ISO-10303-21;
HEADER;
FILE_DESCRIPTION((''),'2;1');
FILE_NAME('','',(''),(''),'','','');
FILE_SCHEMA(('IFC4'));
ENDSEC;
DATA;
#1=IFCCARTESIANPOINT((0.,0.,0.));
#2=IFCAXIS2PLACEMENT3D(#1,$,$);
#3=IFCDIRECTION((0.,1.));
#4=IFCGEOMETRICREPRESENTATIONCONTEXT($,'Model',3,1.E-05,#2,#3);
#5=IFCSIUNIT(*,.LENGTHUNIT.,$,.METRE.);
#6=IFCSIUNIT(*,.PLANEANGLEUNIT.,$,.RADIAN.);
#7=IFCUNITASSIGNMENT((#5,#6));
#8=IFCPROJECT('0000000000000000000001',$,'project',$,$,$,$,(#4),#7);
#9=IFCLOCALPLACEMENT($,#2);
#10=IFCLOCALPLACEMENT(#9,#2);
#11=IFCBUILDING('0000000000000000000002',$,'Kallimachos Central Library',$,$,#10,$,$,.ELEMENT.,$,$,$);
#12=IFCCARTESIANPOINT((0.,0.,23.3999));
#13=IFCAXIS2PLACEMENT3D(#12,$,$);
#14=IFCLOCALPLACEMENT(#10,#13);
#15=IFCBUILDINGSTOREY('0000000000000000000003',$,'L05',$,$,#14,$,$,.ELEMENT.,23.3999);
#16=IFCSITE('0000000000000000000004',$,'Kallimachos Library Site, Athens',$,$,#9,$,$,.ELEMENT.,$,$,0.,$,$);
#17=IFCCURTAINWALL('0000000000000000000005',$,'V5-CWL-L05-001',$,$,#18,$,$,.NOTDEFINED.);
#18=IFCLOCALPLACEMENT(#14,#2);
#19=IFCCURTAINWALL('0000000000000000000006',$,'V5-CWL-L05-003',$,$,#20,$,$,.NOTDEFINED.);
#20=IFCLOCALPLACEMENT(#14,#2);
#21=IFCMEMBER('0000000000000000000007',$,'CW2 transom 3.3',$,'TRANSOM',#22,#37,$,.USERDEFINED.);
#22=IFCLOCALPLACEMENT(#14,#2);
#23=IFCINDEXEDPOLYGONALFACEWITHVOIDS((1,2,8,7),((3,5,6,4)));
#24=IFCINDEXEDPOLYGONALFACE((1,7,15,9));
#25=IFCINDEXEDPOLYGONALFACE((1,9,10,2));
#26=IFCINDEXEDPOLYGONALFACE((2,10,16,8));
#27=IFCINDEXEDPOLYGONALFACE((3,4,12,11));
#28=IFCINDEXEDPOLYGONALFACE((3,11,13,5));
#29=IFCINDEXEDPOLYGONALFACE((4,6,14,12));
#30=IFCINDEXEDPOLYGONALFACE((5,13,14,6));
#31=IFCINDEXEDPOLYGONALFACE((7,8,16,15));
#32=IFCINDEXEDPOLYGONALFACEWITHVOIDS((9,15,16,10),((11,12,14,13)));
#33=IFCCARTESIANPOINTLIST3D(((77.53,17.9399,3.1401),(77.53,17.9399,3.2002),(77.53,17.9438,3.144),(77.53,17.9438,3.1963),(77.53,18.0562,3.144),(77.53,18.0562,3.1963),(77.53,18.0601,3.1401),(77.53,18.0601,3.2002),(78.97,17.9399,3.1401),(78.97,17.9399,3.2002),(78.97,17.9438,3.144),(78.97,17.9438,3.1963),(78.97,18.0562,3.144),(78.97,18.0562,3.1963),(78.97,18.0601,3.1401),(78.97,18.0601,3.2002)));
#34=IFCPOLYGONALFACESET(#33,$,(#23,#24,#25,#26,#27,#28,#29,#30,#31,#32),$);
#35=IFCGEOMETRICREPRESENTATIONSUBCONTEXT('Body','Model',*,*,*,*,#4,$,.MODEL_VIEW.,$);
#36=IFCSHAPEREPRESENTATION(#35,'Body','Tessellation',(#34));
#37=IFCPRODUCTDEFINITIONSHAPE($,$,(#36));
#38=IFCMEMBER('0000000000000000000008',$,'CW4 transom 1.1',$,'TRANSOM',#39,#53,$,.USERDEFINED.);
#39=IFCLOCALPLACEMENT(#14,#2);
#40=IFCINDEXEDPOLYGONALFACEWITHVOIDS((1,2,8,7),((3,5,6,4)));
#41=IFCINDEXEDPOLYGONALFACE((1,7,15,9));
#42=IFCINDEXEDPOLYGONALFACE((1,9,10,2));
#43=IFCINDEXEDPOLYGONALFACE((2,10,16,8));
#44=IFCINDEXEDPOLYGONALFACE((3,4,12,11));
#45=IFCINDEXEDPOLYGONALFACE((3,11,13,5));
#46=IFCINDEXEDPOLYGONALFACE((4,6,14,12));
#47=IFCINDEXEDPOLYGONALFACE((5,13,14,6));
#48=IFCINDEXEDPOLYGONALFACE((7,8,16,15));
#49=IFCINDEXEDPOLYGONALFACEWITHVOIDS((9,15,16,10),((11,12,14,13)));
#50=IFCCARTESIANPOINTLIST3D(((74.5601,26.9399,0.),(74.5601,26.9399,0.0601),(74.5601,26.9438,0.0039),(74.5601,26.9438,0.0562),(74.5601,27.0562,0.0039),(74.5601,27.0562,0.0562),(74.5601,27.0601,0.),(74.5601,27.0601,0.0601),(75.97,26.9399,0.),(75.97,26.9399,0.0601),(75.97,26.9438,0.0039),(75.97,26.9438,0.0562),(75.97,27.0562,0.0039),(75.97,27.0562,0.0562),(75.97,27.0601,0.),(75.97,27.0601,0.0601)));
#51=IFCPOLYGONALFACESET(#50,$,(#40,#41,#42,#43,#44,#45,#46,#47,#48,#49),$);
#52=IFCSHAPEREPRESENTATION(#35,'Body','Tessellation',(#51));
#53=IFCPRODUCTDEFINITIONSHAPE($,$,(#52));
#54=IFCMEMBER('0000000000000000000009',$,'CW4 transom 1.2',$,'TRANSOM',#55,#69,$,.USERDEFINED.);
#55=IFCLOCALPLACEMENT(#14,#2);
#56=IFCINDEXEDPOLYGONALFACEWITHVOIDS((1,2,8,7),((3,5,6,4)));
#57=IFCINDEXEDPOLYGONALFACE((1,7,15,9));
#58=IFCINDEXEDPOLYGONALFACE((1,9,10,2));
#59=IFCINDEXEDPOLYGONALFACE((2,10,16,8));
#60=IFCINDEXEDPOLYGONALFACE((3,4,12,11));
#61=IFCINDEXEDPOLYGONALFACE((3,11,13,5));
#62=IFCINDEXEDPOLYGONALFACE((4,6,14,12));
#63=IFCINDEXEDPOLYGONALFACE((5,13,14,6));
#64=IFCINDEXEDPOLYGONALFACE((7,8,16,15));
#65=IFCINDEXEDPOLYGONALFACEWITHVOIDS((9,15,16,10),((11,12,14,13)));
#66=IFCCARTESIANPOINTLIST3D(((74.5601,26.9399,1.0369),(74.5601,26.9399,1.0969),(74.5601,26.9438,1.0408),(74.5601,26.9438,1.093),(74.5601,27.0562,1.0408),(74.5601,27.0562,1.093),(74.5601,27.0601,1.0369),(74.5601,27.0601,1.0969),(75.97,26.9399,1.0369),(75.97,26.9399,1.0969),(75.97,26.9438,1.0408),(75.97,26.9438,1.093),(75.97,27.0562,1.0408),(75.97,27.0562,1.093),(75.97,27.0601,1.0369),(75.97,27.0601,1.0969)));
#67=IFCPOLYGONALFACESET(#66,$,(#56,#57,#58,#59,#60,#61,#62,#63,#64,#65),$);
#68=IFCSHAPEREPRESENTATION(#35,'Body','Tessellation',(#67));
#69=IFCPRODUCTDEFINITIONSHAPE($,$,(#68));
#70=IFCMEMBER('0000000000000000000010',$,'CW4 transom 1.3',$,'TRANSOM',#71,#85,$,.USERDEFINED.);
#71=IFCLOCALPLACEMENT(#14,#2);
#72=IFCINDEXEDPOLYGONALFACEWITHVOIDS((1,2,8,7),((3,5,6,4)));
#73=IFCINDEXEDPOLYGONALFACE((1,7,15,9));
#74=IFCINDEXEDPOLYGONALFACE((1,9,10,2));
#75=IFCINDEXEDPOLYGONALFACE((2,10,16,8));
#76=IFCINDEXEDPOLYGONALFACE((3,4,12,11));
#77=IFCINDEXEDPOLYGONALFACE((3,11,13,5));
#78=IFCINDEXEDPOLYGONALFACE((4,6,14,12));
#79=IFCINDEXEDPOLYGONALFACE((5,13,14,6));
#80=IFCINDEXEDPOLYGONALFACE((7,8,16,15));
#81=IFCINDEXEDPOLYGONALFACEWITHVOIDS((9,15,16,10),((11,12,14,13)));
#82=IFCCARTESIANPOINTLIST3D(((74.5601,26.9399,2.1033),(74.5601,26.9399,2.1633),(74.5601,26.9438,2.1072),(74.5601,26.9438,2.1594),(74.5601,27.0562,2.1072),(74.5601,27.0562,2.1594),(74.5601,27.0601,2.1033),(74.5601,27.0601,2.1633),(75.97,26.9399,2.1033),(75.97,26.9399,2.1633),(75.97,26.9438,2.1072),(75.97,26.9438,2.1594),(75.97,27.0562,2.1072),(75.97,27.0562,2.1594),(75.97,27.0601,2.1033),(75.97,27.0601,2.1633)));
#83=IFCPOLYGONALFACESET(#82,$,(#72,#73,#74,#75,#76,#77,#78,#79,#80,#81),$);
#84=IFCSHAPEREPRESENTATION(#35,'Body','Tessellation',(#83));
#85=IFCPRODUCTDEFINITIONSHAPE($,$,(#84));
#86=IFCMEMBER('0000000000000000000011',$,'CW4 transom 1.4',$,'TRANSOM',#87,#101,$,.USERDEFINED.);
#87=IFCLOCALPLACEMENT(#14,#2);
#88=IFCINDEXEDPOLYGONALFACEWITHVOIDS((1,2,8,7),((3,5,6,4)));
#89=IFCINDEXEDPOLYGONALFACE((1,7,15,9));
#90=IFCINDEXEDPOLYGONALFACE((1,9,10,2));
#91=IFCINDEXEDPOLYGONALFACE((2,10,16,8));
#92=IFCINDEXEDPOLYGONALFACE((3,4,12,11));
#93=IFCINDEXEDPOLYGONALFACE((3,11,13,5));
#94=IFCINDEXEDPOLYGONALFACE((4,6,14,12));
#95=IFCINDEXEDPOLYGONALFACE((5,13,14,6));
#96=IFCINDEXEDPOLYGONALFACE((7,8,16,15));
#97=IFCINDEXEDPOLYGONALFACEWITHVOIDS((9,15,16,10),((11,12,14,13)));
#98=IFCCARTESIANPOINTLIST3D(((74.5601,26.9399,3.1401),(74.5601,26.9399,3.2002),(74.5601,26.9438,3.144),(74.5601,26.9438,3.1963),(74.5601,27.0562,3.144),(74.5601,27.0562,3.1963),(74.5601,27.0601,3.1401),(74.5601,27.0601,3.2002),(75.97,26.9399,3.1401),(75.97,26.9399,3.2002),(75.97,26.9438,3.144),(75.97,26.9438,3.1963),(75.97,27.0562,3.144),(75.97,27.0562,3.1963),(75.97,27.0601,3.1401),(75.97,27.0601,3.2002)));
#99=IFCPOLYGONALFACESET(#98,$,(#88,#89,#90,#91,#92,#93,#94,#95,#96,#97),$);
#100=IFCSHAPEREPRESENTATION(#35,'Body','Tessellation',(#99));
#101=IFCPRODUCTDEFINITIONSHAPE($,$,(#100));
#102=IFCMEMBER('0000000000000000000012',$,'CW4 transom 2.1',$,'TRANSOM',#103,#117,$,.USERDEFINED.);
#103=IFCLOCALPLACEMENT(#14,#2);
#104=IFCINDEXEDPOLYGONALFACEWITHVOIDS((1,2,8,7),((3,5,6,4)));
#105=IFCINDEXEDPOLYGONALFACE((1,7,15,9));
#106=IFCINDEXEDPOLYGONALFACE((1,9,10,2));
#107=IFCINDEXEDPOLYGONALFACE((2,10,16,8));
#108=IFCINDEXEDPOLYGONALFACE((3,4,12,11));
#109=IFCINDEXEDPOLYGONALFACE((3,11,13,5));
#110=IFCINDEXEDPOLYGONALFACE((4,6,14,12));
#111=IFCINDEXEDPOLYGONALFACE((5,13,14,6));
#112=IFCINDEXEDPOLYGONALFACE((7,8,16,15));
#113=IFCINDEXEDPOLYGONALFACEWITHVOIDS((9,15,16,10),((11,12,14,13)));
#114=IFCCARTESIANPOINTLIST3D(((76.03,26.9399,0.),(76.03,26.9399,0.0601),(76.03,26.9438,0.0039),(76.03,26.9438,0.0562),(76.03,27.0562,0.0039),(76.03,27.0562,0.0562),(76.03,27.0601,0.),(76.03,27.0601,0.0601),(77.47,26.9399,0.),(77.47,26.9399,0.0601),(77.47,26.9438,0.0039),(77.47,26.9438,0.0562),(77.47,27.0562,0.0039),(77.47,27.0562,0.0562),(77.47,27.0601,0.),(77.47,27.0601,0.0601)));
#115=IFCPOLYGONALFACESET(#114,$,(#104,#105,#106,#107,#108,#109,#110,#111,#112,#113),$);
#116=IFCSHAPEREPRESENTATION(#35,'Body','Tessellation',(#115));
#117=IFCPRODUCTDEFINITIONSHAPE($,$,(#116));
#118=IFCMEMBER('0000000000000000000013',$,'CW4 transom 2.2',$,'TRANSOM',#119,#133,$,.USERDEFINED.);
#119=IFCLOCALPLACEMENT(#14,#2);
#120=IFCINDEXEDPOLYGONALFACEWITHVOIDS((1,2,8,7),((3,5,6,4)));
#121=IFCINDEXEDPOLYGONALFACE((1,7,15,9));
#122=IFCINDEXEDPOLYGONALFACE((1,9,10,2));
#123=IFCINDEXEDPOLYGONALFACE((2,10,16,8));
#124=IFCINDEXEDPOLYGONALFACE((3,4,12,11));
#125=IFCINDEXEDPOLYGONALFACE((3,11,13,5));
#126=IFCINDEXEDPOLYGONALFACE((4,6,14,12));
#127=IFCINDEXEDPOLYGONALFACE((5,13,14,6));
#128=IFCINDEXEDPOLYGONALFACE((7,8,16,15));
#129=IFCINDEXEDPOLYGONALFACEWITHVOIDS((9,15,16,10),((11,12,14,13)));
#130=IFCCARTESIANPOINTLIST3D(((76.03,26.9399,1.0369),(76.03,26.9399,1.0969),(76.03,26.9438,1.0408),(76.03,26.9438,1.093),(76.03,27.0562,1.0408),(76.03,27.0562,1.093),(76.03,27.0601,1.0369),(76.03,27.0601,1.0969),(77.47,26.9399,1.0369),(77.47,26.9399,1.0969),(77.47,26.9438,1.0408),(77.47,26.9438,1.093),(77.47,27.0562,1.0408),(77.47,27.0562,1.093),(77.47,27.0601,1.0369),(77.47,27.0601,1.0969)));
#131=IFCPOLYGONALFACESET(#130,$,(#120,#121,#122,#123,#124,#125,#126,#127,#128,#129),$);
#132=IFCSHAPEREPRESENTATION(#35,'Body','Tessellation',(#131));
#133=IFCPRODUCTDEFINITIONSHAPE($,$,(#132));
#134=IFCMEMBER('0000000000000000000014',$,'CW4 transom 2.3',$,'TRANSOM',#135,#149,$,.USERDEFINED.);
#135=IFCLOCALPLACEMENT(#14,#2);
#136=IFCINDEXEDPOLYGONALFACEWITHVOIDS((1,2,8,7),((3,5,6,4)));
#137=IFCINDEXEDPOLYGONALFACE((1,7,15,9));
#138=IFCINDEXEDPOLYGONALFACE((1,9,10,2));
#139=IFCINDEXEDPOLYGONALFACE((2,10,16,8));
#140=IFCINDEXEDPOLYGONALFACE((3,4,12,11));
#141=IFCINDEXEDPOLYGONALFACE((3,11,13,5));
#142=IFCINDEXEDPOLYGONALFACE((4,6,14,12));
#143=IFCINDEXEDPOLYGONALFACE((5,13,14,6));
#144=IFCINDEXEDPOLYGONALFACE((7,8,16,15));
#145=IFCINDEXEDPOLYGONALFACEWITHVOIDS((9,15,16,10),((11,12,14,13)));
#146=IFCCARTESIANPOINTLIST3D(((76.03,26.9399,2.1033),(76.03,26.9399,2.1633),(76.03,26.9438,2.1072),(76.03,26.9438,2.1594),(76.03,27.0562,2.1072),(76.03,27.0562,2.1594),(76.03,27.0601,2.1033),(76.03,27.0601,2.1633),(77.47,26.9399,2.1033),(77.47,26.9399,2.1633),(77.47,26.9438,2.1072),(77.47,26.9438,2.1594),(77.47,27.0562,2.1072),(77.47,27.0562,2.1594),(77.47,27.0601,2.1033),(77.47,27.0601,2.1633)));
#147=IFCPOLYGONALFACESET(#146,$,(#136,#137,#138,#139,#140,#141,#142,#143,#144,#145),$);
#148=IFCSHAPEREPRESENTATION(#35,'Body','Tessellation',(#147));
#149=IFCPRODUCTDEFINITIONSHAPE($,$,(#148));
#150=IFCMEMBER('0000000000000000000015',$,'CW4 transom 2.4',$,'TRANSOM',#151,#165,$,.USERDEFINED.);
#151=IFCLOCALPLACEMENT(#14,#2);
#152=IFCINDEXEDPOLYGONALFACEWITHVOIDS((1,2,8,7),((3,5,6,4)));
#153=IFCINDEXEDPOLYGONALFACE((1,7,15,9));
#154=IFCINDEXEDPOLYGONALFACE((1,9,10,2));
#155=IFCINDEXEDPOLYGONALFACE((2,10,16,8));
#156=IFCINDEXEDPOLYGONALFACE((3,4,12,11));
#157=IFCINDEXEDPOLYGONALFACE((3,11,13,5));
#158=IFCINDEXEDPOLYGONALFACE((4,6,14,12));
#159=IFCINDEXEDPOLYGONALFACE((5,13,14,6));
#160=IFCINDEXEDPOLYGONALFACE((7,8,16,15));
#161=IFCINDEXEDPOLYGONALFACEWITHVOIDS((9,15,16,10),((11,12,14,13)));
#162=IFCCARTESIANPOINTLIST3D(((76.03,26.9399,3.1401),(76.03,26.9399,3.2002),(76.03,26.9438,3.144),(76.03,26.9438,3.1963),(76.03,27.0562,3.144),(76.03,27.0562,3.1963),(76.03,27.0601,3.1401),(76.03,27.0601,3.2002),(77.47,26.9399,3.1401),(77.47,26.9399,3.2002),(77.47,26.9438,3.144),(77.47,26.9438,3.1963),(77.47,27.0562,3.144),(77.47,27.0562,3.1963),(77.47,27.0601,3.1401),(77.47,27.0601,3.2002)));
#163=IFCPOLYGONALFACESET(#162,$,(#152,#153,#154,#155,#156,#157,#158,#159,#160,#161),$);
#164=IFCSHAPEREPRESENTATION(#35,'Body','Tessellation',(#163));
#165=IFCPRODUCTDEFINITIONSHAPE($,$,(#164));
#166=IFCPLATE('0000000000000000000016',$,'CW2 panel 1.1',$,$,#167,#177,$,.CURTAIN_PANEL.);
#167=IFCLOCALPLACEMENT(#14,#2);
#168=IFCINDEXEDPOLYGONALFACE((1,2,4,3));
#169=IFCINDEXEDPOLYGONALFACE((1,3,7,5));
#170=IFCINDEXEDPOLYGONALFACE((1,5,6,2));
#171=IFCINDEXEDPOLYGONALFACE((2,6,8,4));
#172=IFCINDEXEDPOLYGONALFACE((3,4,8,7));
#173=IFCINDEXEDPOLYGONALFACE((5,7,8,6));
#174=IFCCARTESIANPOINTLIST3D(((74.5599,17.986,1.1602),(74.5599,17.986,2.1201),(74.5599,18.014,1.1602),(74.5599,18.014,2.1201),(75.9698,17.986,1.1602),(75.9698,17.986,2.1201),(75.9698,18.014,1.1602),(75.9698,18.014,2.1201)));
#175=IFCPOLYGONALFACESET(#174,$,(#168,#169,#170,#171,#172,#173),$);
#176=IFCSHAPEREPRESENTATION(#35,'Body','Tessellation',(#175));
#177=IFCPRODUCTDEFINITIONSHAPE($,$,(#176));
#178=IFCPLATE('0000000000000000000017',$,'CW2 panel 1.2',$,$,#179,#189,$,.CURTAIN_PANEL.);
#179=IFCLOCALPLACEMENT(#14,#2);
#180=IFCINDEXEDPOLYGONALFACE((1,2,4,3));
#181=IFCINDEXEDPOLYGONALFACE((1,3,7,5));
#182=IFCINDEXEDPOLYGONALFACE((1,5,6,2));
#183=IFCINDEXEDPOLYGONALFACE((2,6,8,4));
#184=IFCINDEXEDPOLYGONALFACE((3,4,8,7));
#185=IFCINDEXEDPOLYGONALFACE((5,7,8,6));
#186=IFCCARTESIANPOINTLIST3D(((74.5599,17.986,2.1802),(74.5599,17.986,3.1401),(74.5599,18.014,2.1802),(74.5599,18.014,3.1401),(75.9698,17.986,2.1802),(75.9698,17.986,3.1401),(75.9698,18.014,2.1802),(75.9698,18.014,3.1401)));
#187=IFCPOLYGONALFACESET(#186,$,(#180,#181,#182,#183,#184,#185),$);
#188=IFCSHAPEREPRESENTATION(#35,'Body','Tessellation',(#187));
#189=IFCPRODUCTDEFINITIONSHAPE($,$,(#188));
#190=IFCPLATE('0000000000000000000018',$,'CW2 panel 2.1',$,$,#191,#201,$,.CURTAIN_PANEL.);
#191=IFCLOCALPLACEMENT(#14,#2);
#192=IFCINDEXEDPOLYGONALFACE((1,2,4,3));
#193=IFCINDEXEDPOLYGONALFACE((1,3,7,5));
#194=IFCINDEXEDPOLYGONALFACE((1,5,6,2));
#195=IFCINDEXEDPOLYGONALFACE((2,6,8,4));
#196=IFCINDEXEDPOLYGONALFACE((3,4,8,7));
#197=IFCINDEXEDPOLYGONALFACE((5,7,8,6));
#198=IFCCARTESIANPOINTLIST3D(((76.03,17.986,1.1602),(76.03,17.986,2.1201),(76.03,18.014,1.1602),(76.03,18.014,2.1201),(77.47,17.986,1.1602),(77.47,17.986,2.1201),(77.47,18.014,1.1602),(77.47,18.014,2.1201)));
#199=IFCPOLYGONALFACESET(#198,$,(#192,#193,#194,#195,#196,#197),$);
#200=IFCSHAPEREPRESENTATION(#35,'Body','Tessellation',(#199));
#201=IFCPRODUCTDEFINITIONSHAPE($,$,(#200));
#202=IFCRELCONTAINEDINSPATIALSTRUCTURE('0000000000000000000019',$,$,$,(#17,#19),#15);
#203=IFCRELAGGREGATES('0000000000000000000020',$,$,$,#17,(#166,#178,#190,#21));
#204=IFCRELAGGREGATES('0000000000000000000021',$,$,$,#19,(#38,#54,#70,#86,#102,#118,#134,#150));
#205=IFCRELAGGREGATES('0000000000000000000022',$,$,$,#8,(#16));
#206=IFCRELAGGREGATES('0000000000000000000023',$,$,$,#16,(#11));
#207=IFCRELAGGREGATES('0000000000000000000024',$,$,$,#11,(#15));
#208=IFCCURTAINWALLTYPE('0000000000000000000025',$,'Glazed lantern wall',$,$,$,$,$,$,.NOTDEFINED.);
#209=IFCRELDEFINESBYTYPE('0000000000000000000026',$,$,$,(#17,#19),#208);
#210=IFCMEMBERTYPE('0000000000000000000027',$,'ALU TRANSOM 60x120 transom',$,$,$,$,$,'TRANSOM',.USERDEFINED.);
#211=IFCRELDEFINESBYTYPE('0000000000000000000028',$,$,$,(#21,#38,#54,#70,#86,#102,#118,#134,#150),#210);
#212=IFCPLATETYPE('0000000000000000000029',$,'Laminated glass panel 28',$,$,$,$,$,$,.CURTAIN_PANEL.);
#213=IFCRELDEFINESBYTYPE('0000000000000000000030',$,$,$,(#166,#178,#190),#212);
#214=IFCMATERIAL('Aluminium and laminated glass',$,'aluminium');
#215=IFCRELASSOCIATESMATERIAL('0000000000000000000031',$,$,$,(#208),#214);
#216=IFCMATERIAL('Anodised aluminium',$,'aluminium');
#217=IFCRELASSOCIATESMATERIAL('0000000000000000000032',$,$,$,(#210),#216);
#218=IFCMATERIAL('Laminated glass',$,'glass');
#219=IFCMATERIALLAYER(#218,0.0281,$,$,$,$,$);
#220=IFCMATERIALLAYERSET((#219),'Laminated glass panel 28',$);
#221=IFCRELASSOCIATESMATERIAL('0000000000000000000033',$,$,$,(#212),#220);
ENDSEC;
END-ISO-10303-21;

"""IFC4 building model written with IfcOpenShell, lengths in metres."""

from ifc_helpers import new_model, si_unit, direction, frame, origin, origin_2d, place, context, subcontext, project, spatial, rectangle, hollow_rectangle, extrude, material, layer, layer_set, material_profile, profile_set, type_object, element, aggregate, save


model = new_model("IFC4")

# Units and contexts
model_context = context("Model", 3, precision=1e-05, world=origin(), true_north=direction((0.0, 1.0)))
body_context = subcontext(model_context, "Body", "Model", "MODEL_VIEW")
ifc_project = project(units=[si_unit("LENGTHUNIT", "METRE"), si_unit("PLANEANGLEUNIT", "RADIAN")], contexts=[model_context])

# Site, building, storey
site_placement = place(None, origin())
site = spatial("IfcSite", under=ifc_project, at=site_placement, Name="Kallimachos Library Site, Athens", CompositionType="ELEMENT", RefElevation=0.0)
building_placement = place(site_placement, origin())
building = spatial("IfcBuilding", under=site, at=building_placement, Name="Kallimachos Central Library", CompositionType="ELEMENT")
storey_placement = place(building_placement, frame((0.0, 0.0, 23.3999)))
storey = spatial("IfcBuildingStorey", under=building, at=storey_placement, Name="L05", CompositionType="ELEMENT", Elevation=23.3999)

# Curtain walls
ifc_material_1 = material(Name="Aluminium and laminated glass", Category="aluminium")
curtain_wall_type = type_object("IfcCurtainWallType", Name="Glazed lantern wall", PredefinedType="NOTDEFINED", material=ifc_material_1)
curtain_wall_1_placement = place(storey_placement, origin())
curtain_wall_1 = element("IfcCurtainWall", 1, at=curtain_wall_1_placement, inside=storey, type_object=curtain_wall_type, Name="V5-CWL-L05-001", PredefinedType="NOTDEFINED")
curtain_wall_2_placement = place(storey_placement, origin())
curtain_wall_2 = element("IfcCurtainWall", 2, at=curtain_wall_2_placement, inside=storey, type_object=curtain_wall_type, Name="V5-CWL-L05-003", PredefinedType="NOTDEFINED")

# Members
ifc_material_2 = material(Name="Anodised aluminium", Category="aluminium")
ifc_material_profile_1 = material_profile(ifc_material_2, hollow_rectangle(XDim=0.0601, YDim=0.1201, WallThickness=0.0039, at=origin_2d()), Name="ALU TRANSOM 60x120")
ifc_profile_set_1 = profile_set([ifc_material_profile_1], Name="Anodised aluminium")
member_type_1 = type_object("IfcMemberType", Name="ALU TRANSOM 60x120 transom", ElementType="TRANSOM", PredefinedType="USERDEFINED", material=ifc_profile_set_1)
member_1_placement = place(storey_placement, frame((77.53, 18.0, 3.1702), z_axis=(1.0, 0.0, 0.0), x_axis=(0.0, 0.0, 1.0)))
member_1 = element("IfcMember", 3, at=member_1_placement, type_object=member_type_1, Name="CW2 transom 3.3", ObjectType="TRANSOM", PredefinedType="USERDEFINED", context=body_context, shape_type="SweptSolid", body=[
    extrude(hollow_rectangle(XDim=0.0601, YDim=0.1201, WallThickness=0.0039, at=origin_2d()), origin(), (0.0, 0.0, 1.0), 1.4399),
])
member_2_placement = place(storey_placement, frame((74.5601, 27.0, 0.03), z_axis=(1.0, 0.0, 0.0), x_axis=(0.0, 0.0, 1.0)))
member_2 = element("IfcMember", 4, at=member_2_placement, type_object=member_type_1, Name="CW4 transom 1.1", ObjectType="TRANSOM", PredefinedType="USERDEFINED", context=body_context, shape_type="SweptSolid", body=[
    extrude(hollow_rectangle(XDim=0.0601, YDim=0.1201, WallThickness=0.0039, at=origin_2d()), origin(), (0.0, 0.0, 1.0), 1.4099),
])
member_3_placement = place(storey_placement, frame((74.5601, 27.0, 1.0669), z_axis=(1.0, 0.0, 0.0), x_axis=(0.0, 0.0, 1.0)))
member_3 = element("IfcMember", 5, at=member_3_placement, type_object=member_type_1, Name="CW4 transom 1.2", ObjectType="TRANSOM", PredefinedType="USERDEFINED", context=body_context, shape_type="SweptSolid", body=[
    extrude(hollow_rectangle(XDim=0.0601, YDim=0.1201, WallThickness=0.0039, at=origin_2d()), origin(), (0.0, 0.0, 1.0), 1.4099),
])
member_4_placement = place(storey_placement, frame((74.5601, 27.0, 2.1333), z_axis=(1.0, 0.0, 0.0), x_axis=(0.0, 0.0, 1.0)))
member_4 = element("IfcMember", 6, at=member_4_placement, type_object=member_type_1, Name="CW4 transom 1.3", ObjectType="TRANSOM", PredefinedType="USERDEFINED", context=body_context, shape_type="SweptSolid", body=[
    extrude(hollow_rectangle(XDim=0.0601, YDim=0.1201, WallThickness=0.0039, at=origin_2d()), origin(), (0.0, 0.0, 1.0), 1.4099),
])
member_5_placement = place(storey_placement, frame((74.5601, 27.0, 3.1702), z_axis=(1.0, 0.0, 0.0), x_axis=(0.0, 0.0, 1.0)))
member_5 = element("IfcMember", 7, at=member_5_placement, type_object=member_type_1, Name="CW4 transom 1.4", ObjectType="TRANSOM", PredefinedType="USERDEFINED", context=body_context, shape_type="SweptSolid", body=[
    extrude(hollow_rectangle(XDim=0.0601, YDim=0.1201, WallThickness=0.0039, at=origin_2d()), origin(), (0.0, 0.0, 1.0), 1.4099),
])
member_6_placement = place(storey_placement, frame((76.03, 27.0, 0.03), z_axis=(1.0, 0.0, 0.0), x_axis=(0.0, 0.0, 1.0)))
member_6 = element("IfcMember", 8, at=member_6_placement, type_object=member_type_1, Name="CW4 transom 2.1", ObjectType="TRANSOM", PredefinedType="USERDEFINED", context=body_context, shape_type="SweptSolid", body=[
    extrude(hollow_rectangle(XDim=0.0601, YDim=0.1201, WallThickness=0.0039, at=origin_2d()), origin(), (0.0, 0.0, 1.0), 1.4399),
])
member_7_placement = place(storey_placement, frame((76.03, 27.0, 1.0669), z_axis=(1.0, 0.0, 0.0), x_axis=(0.0, 0.0, 1.0)))
member_7 = element("IfcMember", 9, at=member_7_placement, type_object=member_type_1, Name="CW4 transom 2.2", ObjectType="TRANSOM", PredefinedType="USERDEFINED", context=body_context, shape_type="SweptSolid", body=[
    extrude(hollow_rectangle(XDim=0.0601, YDim=0.1201, WallThickness=0.0039, at=origin_2d()), origin(), (0.0, 0.0, 1.0), 1.4399),
])
member_8_placement = place(storey_placement, frame((76.03, 27.0, 2.1333), z_axis=(1.0, 0.0, 0.0), x_axis=(0.0, 0.0, 1.0)))
member_8 = element("IfcMember", 10, at=member_8_placement, type_object=member_type_1, Name="CW4 transom 2.3", ObjectType="TRANSOM", PredefinedType="USERDEFINED", context=body_context, shape_type="SweptSolid", body=[
    extrude(hollow_rectangle(XDim=0.0601, YDim=0.1201, WallThickness=0.0039, at=origin_2d()), origin(), (0.0, 0.0, 1.0), 1.4399),
])
member_9_placement = place(storey_placement, frame((76.03, 27.0, 3.1702), z_axis=(1.0, 0.0, 0.0), x_axis=(0.0, 0.0, 1.0)))
member_9 = element("IfcMember", 11, at=member_9_placement, type_object=member_type_1, Name="CW4 transom 2.4", ObjectType="TRANSOM", PredefinedType="USERDEFINED", context=body_context, shape_type="SweptSolid", body=[
    extrude(hollow_rectangle(XDim=0.0601, YDim=0.1201, WallThickness=0.0039, at=origin_2d()), origin(), (0.0, 0.0, 1.0), 1.4399),
])

# Plates
ifc_material_3 = material(Name="Laminated glass", Category="glass")
ifc_layer_1 = layer(ifc_material_3, 0.0281)
ifc_layer_set_1 = layer_set([ifc_layer_1], Name="Laminated glass panel 28")
plate_type = type_object("IfcPlateType", Name="Laminated glass panel 28", PredefinedType="CURTAIN_PANEL", material=ifc_layer_set_1)
plate_1_placement = place(storey_placement, frame((75.2649, 18.0, 1.1602), z_axis=(0.0, 0.0, 1.0), x_axis=(1.0, 0.0, 0.0)))
plate_1 = element("IfcPlate", 12, at=plate_1_placement, type_object=plate_type, Name="CW2 panel 1.1", PredefinedType="CURTAIN_PANEL", context=body_context, shape_type="SweptSolid", body=[
    extrude(rectangle(XDim=1.4099, YDim=0.0281, at=origin_2d()), origin(), (0.0, 0.0, 1.0), 0.96),
])
plate_2_placement = place(storey_placement, frame((75.2649, 18.0, 2.1802), z_axis=(0.0, 0.0, 1.0), x_axis=(1.0, 0.0, 0.0)))
plate_2 = element("IfcPlate", 13, at=plate_2_placement, type_object=plate_type, Name="CW2 panel 1.2", PredefinedType="CURTAIN_PANEL", context=body_context, shape_type="SweptSolid", body=[
    extrude(rectangle(XDim=1.4099, YDim=0.0281, at=origin_2d()), origin(), (0.0, 0.0, 1.0), 0.96),
])
plate_3_placement = place(storey_placement, frame((76.75, 18.0, 1.1602), z_axis=(0.0, 0.0, 1.0), x_axis=(1.0, 0.0, 0.0)))
plate_3 = element("IfcPlate", 14, at=plate_3_placement, type_object=plate_type, Name="CW2 panel 2.1", PredefinedType="CURTAIN_PANEL", context=body_context, shape_type="SweptSolid", body=[
    extrude(rectangle(XDim=1.4399, YDim=0.0281, at=origin_2d()), origin(), (0.0, 0.0, 1.0), 0.96),
])
aggregate(curtain_wall_1, [plate_1, plate_2, plate_3, member_1])
aggregate(curtain_wall_2, [member_2, member_3, member_4, member_5, member_6, member_7, member_8, member_9])

save(model, "model.ifc")
